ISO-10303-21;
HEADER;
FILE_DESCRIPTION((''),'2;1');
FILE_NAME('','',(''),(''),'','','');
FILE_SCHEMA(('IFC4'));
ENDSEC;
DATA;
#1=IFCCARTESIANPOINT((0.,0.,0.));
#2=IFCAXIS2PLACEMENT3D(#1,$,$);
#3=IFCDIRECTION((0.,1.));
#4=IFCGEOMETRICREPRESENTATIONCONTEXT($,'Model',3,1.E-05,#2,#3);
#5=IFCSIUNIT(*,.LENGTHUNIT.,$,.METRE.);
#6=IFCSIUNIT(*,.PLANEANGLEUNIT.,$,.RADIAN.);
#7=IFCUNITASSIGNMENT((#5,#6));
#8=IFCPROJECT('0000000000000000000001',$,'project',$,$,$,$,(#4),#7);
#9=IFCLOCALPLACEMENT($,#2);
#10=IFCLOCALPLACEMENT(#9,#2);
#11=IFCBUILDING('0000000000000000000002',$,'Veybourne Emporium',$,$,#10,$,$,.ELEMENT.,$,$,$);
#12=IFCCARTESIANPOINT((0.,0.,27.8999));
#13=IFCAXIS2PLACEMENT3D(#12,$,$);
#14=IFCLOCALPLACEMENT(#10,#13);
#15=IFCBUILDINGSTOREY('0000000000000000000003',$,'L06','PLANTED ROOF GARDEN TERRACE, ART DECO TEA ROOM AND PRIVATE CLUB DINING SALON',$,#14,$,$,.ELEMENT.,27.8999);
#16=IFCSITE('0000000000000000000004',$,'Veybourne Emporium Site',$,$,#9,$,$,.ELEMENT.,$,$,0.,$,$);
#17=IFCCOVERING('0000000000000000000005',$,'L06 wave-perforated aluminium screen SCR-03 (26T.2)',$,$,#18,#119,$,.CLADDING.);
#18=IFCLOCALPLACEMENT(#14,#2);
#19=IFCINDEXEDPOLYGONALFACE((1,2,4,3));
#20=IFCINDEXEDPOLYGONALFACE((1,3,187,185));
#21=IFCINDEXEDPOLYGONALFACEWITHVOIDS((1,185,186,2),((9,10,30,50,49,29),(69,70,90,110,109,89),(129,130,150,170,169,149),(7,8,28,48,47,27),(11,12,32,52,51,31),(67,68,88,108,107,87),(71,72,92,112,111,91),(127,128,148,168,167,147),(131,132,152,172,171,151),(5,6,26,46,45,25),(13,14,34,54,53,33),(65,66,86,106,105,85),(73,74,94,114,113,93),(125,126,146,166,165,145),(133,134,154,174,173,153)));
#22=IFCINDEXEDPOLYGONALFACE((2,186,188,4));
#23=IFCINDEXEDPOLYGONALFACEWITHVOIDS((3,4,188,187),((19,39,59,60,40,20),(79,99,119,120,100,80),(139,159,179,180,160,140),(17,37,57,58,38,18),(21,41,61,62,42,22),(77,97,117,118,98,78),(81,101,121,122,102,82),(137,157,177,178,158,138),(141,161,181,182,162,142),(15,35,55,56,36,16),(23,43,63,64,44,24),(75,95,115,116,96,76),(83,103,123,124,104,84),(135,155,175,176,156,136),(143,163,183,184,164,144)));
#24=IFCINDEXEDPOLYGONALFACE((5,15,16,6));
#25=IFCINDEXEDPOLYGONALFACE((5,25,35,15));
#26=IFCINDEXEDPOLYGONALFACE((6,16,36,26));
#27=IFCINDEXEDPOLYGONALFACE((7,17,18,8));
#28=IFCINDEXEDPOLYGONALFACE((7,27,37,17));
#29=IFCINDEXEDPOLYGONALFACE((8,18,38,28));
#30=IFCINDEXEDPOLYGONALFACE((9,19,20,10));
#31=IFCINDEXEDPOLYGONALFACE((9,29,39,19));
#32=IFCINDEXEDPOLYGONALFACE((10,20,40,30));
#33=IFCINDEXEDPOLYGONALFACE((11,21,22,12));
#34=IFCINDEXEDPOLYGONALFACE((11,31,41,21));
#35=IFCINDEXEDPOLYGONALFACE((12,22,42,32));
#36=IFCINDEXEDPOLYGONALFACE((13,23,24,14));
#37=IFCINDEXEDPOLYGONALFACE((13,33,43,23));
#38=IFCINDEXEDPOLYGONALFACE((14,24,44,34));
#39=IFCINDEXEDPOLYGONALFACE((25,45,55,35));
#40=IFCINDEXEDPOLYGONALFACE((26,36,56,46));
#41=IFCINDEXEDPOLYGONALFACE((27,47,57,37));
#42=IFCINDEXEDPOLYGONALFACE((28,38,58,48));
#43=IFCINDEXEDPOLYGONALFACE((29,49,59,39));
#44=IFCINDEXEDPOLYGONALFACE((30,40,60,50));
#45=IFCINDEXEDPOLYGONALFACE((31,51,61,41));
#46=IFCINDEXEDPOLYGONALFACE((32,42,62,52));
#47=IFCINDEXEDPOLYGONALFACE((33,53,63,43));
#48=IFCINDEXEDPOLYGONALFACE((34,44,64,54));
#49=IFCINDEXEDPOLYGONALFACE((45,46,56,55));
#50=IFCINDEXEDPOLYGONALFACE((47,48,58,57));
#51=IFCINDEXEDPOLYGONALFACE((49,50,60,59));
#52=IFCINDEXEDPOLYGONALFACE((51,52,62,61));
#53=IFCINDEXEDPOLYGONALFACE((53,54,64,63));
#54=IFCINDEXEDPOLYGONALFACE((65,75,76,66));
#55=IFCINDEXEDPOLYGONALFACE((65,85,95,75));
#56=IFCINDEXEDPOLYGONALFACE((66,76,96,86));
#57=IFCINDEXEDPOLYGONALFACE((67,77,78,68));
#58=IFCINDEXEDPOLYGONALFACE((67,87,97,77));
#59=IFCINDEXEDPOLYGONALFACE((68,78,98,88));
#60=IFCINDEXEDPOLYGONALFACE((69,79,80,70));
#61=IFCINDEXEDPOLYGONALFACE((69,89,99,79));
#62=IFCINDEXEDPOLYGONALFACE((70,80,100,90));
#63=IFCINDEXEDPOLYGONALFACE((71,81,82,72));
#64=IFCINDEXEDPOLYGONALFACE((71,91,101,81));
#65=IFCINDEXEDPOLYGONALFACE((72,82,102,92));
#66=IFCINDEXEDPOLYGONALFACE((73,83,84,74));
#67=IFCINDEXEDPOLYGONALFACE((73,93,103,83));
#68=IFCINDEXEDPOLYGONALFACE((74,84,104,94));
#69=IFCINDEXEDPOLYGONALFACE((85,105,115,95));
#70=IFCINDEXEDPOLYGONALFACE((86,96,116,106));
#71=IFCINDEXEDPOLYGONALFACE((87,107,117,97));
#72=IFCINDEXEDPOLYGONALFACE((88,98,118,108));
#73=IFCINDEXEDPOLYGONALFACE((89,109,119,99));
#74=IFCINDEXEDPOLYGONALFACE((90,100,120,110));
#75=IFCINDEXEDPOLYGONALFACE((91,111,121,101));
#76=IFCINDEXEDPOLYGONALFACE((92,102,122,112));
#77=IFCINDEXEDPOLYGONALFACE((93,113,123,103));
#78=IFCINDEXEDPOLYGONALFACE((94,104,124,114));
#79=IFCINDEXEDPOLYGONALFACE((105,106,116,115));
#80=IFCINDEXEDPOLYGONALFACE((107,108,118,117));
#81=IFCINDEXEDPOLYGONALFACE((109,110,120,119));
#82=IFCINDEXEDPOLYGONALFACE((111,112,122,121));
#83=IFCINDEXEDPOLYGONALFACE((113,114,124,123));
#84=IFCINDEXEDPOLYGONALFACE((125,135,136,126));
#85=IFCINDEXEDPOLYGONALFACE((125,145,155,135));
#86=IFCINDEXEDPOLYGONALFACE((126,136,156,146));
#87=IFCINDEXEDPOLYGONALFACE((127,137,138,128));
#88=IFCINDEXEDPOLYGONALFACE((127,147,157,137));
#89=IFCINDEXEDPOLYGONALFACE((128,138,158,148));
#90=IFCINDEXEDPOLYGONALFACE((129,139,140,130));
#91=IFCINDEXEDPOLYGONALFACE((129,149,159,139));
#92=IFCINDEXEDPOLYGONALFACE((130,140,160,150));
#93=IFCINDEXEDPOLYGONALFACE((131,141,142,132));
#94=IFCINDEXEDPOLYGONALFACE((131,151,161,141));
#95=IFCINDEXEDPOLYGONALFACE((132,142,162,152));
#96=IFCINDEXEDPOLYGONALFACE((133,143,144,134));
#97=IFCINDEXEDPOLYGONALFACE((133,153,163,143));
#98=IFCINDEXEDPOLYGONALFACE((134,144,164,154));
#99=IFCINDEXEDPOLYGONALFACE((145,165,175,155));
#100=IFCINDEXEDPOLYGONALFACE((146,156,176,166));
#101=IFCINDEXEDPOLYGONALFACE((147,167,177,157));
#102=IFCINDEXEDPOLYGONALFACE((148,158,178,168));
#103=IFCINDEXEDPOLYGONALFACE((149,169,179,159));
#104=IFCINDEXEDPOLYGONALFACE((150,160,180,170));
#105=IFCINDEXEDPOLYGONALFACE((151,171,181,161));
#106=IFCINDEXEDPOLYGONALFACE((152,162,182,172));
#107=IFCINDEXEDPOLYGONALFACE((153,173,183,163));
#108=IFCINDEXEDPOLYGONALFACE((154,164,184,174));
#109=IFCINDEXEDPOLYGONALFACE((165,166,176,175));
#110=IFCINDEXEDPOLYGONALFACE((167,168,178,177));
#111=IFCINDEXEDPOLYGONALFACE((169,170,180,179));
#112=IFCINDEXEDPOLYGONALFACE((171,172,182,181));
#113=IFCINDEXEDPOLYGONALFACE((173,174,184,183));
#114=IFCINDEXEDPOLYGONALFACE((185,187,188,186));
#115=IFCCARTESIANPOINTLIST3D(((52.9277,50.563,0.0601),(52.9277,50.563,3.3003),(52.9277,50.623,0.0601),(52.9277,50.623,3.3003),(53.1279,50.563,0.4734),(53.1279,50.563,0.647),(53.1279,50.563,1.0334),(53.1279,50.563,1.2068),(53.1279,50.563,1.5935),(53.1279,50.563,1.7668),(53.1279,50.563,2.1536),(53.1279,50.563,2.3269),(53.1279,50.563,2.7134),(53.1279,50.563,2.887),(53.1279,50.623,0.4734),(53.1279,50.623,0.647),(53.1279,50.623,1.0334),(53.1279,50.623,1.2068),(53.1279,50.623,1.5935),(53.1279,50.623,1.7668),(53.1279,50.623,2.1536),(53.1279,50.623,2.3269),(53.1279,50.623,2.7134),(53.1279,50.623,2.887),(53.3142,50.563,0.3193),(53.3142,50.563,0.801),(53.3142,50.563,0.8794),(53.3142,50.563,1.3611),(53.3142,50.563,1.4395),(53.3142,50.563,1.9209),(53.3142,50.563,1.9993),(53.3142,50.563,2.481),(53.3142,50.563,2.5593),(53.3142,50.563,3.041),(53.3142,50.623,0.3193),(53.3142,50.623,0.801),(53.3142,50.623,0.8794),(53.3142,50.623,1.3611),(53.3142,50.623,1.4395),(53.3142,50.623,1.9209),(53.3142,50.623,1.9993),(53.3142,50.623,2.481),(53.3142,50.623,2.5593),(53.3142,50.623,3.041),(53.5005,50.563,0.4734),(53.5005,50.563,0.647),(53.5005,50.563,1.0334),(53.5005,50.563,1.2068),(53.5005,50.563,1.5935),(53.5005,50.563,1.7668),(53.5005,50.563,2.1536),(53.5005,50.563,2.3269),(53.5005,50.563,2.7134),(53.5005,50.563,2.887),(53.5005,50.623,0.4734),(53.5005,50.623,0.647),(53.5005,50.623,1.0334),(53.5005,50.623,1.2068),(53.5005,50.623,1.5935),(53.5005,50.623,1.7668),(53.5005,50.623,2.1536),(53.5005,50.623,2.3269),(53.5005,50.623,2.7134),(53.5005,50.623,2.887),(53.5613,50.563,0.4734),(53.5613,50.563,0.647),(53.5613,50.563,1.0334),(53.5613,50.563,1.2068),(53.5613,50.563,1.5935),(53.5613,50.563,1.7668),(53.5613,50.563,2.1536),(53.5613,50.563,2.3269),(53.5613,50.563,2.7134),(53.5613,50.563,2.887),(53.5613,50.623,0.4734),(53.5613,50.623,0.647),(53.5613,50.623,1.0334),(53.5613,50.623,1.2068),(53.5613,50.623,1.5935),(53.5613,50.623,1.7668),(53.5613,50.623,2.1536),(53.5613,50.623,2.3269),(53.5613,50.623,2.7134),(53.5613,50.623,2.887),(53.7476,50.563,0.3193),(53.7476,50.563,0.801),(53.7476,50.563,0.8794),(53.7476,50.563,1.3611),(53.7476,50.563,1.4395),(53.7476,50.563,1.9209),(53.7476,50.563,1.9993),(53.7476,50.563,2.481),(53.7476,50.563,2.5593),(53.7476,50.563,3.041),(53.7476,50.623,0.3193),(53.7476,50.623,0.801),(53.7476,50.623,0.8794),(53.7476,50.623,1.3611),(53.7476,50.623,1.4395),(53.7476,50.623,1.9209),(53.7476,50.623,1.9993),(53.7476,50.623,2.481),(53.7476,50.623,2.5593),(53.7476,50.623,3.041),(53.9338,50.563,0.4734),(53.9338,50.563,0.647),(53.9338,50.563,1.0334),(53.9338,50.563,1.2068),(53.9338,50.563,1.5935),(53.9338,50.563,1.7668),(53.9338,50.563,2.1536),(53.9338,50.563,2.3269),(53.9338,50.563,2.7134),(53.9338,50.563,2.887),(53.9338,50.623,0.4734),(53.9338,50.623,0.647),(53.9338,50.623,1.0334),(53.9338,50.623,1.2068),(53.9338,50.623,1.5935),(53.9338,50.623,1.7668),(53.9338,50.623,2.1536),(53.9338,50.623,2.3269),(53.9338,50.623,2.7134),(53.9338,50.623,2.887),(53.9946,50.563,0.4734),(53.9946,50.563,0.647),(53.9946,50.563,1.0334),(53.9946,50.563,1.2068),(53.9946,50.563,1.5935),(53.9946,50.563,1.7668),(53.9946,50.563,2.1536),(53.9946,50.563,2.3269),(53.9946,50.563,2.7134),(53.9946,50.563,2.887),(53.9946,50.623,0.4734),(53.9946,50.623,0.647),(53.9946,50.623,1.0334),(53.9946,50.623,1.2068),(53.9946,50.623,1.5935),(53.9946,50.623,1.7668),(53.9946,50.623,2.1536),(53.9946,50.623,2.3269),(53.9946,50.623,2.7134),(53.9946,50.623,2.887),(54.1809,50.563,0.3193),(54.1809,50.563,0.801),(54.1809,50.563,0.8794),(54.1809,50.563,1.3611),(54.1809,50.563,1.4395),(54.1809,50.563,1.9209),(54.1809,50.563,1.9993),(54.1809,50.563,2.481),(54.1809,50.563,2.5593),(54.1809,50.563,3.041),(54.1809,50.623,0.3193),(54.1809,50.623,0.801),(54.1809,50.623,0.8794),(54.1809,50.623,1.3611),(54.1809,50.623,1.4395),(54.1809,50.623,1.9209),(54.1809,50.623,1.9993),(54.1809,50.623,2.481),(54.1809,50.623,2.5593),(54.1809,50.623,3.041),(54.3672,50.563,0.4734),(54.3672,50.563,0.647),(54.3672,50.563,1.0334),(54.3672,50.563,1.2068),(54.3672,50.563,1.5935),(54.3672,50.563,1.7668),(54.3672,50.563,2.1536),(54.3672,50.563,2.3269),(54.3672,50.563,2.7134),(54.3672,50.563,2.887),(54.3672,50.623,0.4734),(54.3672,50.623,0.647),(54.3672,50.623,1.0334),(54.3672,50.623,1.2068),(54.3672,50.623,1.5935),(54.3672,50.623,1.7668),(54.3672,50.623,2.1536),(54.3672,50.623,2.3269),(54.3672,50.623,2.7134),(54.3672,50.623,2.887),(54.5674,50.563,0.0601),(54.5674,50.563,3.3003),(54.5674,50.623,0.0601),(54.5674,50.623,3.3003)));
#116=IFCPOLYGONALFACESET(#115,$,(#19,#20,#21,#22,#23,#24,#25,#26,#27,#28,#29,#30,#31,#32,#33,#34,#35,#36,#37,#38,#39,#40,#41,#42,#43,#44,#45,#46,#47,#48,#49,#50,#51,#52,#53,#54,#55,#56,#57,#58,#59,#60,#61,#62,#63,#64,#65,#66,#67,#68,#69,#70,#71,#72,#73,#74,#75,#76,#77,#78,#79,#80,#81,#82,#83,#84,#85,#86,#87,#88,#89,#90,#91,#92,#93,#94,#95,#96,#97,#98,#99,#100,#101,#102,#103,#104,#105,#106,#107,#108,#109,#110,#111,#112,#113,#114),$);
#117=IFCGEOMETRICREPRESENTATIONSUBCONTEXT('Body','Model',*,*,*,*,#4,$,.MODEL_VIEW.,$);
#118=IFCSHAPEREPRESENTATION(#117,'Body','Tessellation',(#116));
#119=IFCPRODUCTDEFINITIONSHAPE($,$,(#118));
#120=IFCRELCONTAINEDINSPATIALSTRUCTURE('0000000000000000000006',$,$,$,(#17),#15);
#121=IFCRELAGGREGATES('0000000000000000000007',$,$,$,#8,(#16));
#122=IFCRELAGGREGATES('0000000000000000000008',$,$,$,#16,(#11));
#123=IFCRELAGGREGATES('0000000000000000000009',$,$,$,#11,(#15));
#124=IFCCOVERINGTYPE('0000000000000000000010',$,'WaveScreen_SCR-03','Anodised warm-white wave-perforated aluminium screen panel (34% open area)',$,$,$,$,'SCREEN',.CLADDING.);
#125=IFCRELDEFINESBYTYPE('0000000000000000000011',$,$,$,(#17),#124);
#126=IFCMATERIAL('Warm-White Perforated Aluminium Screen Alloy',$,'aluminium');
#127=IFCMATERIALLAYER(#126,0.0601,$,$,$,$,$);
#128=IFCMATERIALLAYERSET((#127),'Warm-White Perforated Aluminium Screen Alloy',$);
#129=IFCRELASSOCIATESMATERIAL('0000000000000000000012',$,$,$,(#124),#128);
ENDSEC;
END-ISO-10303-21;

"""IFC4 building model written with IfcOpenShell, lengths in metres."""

from ifc_helpers import new_model, si_unit, direction, frame, origin, place, context, subcontext, project, spatial, polyline, outline, extrude, material, layer, layer_set, type_object, element, save


model = new_model("IFC4")

# Units and contexts
model_context = context("Model", 3, precision=1e-05, world=origin(), true_north=direction((0.0, 1.0)))
body_context = subcontext(model_context, "Body", "Model", "MODEL_VIEW")
ifc_project = project(units=[si_unit("LENGTHUNIT", "METRE"), si_unit("PLANEANGLEUNIT", "RADIAN")], contexts=[model_context])

# Site, building, storey
site_placement = place(None, origin())
site = spatial("IfcSite", under=ifc_project, at=site_placement, Name="Veybourne Emporium Site", CompositionType="ELEMENT", RefElevation=0.0)
building_placement = place(site_placement, origin())
building = spatial("IfcBuilding", under=site, at=building_placement, Name="Veybourne Emporium", CompositionType="ELEMENT")
storey_placement = place(building_placement, frame((0.0, 0.0, 27.8999)))
storey = spatial("IfcBuildingStorey", under=building, at=storey_placement, Name="L06", Description="PLANTED ROOF GARDEN TERRACE, ART DECO TEA ROOM AND PRIVATE CLUB DINING SALON", CompositionType="ELEMENT", Elevation=27.8999)

# Covering
ifc_material_1 = material(Name="Warm-White Perforated Aluminium Screen Alloy", Category="aluminium")
ifc_layer_1 = layer(ifc_material_1, 0.0601)
ifc_layer_set_1 = layer_set([ifc_layer_1], Name="Warm-White Perforated Aluminium Screen Alloy")
covering_type_1 = type_object("IfcCoveringType", Name="WaveScreen_SCR-03", Description="Anodised warm-white wave-perforated aluminium screen panel (34% open area)", ElementType="SCREEN", PredefinedType="CLADDING", material=ifc_layer_set_1)
covering_1_placement = place(storey_placement, frame((53.7476, 50.623, 1.6802), z_axis=(0.0, -1.0, 0.0), x_axis=(1.0, 0.0, 0.0)))
element("IfcCovering", 1, at=covering_1_placement, inside=storey, type_object=covering_type_1, Name="L06 wave-perforated aluminium screen SCR-03 (26T.2)", PredefinedType="CLADDING", context=body_context, shape_type="SweptSolid", body=[
    extrude(outline(polyline([(-0.8198, -1.6201), (0.8198, -1.6201), (0.8198, 1.6201), (-0.8198, 1.6201), (-0.8198, -1.6201)]), holes=[polyline([(-0.4333, -0.8792), (-0.2471, -1.0332), (-0.2471, -1.2068), (-0.4333, -1.3608), (-0.6196, -1.2068), (-0.6196, -1.0332), (-0.4333, -0.8792)]), polyline([(-0.4333, -0.3191), (-0.2471, -0.4734), (-0.2471, -0.6467), (-0.4333, -0.8008), (-0.6196, -0.6467), (-0.6196, -0.4734), (-0.4333, -0.3191)]), polyline([(-0.4333, 0.2407), (-0.2471, 0.0867), (-0.2471, -0.0867), (-0.4333, -0.2407), (-0.6196, -0.0867), (-0.6196, 0.0867), (-0.4333, 0.2407)]), polyline([(-0.4333, 0.8008), (-0.2471, 0.6467), (-0.2471, 0.4734), (-0.4333, 0.3191), (-0.6196, 0.4734), (-0.6196, 0.6467), (-0.4333, 0.8008)]), polyline([(-0.4333, 1.3608), (-0.2471, 1.2068), (-0.2471, 1.0332), (-0.4333, 0.8792), (-0.6196, 1.0332), (-0.6196, 1.2068), (-0.4333, 1.3608)]), polyline([(0.0, -0.8792), (0.1863, -1.0332), (0.1863, -1.2068), (0.0, -1.3608), (-0.1863, -1.2068), (-0.1863, -1.0332), (0.0, -0.8792)]), polyline([(0.0, -0.3191), (0.1863, -0.4734), (0.1863, -0.6467), (0.0, -0.8008), (-0.1863, -0.6467), (-0.1863, -0.4734), (0.0, -0.3191)]), polyline([(0.0, 0.2407), (0.1863, 0.0867), (0.1863, -0.0867), (0.0, -0.2407), (-0.1863, -0.0867), (-0.1863, 0.0867), (0.0, 0.2407)]), polyline([(0.0, 0.8008), (0.1863, 0.6467), (0.1863, 0.4734), (0.0, 0.3191), (-0.1863, 0.4734), (-0.1863, 0.6467), (0.0, 0.8008)]), polyline([(0.0, 1.3608), (0.1863, 1.2068), (0.1863, 1.0332), (0.0, 0.8792), (-0.1863, 1.0332), (-0.1863, 1.2068), (0.0, 1.3608)]), polyline([(0.4333, -0.8792), (0.6196, -1.0332), (0.6196, -1.2068), (0.4333, -1.3608), (0.2471, -1.2068), (0.2471, -1.0332), (0.4333, -0.8792)]), polyline([(0.4333, -0.3191), (0.6196, -0.4734), (0.6196, -0.6467), (0.4333, -0.8008), (0.2471, -0.6467), (0.2471, -0.4734), (0.4333, -0.3191)]), polyline([(0.4333, 0.2407), (0.6196, 0.0867), (0.6196, -0.0867), (0.4333, -0.2407), (0.2471, -0.0867), (0.2471, 0.0867), (0.4333, 0.2407)]), polyline([(0.4333, 0.8008), (0.6196, 0.6467), (0.6196, 0.4734), (0.4333, 0.3191), (0.2471, 0.4734), (0.2471, 0.6467), (0.4333, 0.8008)]), polyline([(0.4333, 1.3608), (0.6196, 1.2068), (0.6196, 1.0332), (0.4333, 0.8792), (0.2471, 1.0332), (0.2471, 1.2068), (0.4333, 1.3608)])]), origin(), (0.0, 0.0, 1.0), 0.0601),
])

save(model, "model.ifc")
